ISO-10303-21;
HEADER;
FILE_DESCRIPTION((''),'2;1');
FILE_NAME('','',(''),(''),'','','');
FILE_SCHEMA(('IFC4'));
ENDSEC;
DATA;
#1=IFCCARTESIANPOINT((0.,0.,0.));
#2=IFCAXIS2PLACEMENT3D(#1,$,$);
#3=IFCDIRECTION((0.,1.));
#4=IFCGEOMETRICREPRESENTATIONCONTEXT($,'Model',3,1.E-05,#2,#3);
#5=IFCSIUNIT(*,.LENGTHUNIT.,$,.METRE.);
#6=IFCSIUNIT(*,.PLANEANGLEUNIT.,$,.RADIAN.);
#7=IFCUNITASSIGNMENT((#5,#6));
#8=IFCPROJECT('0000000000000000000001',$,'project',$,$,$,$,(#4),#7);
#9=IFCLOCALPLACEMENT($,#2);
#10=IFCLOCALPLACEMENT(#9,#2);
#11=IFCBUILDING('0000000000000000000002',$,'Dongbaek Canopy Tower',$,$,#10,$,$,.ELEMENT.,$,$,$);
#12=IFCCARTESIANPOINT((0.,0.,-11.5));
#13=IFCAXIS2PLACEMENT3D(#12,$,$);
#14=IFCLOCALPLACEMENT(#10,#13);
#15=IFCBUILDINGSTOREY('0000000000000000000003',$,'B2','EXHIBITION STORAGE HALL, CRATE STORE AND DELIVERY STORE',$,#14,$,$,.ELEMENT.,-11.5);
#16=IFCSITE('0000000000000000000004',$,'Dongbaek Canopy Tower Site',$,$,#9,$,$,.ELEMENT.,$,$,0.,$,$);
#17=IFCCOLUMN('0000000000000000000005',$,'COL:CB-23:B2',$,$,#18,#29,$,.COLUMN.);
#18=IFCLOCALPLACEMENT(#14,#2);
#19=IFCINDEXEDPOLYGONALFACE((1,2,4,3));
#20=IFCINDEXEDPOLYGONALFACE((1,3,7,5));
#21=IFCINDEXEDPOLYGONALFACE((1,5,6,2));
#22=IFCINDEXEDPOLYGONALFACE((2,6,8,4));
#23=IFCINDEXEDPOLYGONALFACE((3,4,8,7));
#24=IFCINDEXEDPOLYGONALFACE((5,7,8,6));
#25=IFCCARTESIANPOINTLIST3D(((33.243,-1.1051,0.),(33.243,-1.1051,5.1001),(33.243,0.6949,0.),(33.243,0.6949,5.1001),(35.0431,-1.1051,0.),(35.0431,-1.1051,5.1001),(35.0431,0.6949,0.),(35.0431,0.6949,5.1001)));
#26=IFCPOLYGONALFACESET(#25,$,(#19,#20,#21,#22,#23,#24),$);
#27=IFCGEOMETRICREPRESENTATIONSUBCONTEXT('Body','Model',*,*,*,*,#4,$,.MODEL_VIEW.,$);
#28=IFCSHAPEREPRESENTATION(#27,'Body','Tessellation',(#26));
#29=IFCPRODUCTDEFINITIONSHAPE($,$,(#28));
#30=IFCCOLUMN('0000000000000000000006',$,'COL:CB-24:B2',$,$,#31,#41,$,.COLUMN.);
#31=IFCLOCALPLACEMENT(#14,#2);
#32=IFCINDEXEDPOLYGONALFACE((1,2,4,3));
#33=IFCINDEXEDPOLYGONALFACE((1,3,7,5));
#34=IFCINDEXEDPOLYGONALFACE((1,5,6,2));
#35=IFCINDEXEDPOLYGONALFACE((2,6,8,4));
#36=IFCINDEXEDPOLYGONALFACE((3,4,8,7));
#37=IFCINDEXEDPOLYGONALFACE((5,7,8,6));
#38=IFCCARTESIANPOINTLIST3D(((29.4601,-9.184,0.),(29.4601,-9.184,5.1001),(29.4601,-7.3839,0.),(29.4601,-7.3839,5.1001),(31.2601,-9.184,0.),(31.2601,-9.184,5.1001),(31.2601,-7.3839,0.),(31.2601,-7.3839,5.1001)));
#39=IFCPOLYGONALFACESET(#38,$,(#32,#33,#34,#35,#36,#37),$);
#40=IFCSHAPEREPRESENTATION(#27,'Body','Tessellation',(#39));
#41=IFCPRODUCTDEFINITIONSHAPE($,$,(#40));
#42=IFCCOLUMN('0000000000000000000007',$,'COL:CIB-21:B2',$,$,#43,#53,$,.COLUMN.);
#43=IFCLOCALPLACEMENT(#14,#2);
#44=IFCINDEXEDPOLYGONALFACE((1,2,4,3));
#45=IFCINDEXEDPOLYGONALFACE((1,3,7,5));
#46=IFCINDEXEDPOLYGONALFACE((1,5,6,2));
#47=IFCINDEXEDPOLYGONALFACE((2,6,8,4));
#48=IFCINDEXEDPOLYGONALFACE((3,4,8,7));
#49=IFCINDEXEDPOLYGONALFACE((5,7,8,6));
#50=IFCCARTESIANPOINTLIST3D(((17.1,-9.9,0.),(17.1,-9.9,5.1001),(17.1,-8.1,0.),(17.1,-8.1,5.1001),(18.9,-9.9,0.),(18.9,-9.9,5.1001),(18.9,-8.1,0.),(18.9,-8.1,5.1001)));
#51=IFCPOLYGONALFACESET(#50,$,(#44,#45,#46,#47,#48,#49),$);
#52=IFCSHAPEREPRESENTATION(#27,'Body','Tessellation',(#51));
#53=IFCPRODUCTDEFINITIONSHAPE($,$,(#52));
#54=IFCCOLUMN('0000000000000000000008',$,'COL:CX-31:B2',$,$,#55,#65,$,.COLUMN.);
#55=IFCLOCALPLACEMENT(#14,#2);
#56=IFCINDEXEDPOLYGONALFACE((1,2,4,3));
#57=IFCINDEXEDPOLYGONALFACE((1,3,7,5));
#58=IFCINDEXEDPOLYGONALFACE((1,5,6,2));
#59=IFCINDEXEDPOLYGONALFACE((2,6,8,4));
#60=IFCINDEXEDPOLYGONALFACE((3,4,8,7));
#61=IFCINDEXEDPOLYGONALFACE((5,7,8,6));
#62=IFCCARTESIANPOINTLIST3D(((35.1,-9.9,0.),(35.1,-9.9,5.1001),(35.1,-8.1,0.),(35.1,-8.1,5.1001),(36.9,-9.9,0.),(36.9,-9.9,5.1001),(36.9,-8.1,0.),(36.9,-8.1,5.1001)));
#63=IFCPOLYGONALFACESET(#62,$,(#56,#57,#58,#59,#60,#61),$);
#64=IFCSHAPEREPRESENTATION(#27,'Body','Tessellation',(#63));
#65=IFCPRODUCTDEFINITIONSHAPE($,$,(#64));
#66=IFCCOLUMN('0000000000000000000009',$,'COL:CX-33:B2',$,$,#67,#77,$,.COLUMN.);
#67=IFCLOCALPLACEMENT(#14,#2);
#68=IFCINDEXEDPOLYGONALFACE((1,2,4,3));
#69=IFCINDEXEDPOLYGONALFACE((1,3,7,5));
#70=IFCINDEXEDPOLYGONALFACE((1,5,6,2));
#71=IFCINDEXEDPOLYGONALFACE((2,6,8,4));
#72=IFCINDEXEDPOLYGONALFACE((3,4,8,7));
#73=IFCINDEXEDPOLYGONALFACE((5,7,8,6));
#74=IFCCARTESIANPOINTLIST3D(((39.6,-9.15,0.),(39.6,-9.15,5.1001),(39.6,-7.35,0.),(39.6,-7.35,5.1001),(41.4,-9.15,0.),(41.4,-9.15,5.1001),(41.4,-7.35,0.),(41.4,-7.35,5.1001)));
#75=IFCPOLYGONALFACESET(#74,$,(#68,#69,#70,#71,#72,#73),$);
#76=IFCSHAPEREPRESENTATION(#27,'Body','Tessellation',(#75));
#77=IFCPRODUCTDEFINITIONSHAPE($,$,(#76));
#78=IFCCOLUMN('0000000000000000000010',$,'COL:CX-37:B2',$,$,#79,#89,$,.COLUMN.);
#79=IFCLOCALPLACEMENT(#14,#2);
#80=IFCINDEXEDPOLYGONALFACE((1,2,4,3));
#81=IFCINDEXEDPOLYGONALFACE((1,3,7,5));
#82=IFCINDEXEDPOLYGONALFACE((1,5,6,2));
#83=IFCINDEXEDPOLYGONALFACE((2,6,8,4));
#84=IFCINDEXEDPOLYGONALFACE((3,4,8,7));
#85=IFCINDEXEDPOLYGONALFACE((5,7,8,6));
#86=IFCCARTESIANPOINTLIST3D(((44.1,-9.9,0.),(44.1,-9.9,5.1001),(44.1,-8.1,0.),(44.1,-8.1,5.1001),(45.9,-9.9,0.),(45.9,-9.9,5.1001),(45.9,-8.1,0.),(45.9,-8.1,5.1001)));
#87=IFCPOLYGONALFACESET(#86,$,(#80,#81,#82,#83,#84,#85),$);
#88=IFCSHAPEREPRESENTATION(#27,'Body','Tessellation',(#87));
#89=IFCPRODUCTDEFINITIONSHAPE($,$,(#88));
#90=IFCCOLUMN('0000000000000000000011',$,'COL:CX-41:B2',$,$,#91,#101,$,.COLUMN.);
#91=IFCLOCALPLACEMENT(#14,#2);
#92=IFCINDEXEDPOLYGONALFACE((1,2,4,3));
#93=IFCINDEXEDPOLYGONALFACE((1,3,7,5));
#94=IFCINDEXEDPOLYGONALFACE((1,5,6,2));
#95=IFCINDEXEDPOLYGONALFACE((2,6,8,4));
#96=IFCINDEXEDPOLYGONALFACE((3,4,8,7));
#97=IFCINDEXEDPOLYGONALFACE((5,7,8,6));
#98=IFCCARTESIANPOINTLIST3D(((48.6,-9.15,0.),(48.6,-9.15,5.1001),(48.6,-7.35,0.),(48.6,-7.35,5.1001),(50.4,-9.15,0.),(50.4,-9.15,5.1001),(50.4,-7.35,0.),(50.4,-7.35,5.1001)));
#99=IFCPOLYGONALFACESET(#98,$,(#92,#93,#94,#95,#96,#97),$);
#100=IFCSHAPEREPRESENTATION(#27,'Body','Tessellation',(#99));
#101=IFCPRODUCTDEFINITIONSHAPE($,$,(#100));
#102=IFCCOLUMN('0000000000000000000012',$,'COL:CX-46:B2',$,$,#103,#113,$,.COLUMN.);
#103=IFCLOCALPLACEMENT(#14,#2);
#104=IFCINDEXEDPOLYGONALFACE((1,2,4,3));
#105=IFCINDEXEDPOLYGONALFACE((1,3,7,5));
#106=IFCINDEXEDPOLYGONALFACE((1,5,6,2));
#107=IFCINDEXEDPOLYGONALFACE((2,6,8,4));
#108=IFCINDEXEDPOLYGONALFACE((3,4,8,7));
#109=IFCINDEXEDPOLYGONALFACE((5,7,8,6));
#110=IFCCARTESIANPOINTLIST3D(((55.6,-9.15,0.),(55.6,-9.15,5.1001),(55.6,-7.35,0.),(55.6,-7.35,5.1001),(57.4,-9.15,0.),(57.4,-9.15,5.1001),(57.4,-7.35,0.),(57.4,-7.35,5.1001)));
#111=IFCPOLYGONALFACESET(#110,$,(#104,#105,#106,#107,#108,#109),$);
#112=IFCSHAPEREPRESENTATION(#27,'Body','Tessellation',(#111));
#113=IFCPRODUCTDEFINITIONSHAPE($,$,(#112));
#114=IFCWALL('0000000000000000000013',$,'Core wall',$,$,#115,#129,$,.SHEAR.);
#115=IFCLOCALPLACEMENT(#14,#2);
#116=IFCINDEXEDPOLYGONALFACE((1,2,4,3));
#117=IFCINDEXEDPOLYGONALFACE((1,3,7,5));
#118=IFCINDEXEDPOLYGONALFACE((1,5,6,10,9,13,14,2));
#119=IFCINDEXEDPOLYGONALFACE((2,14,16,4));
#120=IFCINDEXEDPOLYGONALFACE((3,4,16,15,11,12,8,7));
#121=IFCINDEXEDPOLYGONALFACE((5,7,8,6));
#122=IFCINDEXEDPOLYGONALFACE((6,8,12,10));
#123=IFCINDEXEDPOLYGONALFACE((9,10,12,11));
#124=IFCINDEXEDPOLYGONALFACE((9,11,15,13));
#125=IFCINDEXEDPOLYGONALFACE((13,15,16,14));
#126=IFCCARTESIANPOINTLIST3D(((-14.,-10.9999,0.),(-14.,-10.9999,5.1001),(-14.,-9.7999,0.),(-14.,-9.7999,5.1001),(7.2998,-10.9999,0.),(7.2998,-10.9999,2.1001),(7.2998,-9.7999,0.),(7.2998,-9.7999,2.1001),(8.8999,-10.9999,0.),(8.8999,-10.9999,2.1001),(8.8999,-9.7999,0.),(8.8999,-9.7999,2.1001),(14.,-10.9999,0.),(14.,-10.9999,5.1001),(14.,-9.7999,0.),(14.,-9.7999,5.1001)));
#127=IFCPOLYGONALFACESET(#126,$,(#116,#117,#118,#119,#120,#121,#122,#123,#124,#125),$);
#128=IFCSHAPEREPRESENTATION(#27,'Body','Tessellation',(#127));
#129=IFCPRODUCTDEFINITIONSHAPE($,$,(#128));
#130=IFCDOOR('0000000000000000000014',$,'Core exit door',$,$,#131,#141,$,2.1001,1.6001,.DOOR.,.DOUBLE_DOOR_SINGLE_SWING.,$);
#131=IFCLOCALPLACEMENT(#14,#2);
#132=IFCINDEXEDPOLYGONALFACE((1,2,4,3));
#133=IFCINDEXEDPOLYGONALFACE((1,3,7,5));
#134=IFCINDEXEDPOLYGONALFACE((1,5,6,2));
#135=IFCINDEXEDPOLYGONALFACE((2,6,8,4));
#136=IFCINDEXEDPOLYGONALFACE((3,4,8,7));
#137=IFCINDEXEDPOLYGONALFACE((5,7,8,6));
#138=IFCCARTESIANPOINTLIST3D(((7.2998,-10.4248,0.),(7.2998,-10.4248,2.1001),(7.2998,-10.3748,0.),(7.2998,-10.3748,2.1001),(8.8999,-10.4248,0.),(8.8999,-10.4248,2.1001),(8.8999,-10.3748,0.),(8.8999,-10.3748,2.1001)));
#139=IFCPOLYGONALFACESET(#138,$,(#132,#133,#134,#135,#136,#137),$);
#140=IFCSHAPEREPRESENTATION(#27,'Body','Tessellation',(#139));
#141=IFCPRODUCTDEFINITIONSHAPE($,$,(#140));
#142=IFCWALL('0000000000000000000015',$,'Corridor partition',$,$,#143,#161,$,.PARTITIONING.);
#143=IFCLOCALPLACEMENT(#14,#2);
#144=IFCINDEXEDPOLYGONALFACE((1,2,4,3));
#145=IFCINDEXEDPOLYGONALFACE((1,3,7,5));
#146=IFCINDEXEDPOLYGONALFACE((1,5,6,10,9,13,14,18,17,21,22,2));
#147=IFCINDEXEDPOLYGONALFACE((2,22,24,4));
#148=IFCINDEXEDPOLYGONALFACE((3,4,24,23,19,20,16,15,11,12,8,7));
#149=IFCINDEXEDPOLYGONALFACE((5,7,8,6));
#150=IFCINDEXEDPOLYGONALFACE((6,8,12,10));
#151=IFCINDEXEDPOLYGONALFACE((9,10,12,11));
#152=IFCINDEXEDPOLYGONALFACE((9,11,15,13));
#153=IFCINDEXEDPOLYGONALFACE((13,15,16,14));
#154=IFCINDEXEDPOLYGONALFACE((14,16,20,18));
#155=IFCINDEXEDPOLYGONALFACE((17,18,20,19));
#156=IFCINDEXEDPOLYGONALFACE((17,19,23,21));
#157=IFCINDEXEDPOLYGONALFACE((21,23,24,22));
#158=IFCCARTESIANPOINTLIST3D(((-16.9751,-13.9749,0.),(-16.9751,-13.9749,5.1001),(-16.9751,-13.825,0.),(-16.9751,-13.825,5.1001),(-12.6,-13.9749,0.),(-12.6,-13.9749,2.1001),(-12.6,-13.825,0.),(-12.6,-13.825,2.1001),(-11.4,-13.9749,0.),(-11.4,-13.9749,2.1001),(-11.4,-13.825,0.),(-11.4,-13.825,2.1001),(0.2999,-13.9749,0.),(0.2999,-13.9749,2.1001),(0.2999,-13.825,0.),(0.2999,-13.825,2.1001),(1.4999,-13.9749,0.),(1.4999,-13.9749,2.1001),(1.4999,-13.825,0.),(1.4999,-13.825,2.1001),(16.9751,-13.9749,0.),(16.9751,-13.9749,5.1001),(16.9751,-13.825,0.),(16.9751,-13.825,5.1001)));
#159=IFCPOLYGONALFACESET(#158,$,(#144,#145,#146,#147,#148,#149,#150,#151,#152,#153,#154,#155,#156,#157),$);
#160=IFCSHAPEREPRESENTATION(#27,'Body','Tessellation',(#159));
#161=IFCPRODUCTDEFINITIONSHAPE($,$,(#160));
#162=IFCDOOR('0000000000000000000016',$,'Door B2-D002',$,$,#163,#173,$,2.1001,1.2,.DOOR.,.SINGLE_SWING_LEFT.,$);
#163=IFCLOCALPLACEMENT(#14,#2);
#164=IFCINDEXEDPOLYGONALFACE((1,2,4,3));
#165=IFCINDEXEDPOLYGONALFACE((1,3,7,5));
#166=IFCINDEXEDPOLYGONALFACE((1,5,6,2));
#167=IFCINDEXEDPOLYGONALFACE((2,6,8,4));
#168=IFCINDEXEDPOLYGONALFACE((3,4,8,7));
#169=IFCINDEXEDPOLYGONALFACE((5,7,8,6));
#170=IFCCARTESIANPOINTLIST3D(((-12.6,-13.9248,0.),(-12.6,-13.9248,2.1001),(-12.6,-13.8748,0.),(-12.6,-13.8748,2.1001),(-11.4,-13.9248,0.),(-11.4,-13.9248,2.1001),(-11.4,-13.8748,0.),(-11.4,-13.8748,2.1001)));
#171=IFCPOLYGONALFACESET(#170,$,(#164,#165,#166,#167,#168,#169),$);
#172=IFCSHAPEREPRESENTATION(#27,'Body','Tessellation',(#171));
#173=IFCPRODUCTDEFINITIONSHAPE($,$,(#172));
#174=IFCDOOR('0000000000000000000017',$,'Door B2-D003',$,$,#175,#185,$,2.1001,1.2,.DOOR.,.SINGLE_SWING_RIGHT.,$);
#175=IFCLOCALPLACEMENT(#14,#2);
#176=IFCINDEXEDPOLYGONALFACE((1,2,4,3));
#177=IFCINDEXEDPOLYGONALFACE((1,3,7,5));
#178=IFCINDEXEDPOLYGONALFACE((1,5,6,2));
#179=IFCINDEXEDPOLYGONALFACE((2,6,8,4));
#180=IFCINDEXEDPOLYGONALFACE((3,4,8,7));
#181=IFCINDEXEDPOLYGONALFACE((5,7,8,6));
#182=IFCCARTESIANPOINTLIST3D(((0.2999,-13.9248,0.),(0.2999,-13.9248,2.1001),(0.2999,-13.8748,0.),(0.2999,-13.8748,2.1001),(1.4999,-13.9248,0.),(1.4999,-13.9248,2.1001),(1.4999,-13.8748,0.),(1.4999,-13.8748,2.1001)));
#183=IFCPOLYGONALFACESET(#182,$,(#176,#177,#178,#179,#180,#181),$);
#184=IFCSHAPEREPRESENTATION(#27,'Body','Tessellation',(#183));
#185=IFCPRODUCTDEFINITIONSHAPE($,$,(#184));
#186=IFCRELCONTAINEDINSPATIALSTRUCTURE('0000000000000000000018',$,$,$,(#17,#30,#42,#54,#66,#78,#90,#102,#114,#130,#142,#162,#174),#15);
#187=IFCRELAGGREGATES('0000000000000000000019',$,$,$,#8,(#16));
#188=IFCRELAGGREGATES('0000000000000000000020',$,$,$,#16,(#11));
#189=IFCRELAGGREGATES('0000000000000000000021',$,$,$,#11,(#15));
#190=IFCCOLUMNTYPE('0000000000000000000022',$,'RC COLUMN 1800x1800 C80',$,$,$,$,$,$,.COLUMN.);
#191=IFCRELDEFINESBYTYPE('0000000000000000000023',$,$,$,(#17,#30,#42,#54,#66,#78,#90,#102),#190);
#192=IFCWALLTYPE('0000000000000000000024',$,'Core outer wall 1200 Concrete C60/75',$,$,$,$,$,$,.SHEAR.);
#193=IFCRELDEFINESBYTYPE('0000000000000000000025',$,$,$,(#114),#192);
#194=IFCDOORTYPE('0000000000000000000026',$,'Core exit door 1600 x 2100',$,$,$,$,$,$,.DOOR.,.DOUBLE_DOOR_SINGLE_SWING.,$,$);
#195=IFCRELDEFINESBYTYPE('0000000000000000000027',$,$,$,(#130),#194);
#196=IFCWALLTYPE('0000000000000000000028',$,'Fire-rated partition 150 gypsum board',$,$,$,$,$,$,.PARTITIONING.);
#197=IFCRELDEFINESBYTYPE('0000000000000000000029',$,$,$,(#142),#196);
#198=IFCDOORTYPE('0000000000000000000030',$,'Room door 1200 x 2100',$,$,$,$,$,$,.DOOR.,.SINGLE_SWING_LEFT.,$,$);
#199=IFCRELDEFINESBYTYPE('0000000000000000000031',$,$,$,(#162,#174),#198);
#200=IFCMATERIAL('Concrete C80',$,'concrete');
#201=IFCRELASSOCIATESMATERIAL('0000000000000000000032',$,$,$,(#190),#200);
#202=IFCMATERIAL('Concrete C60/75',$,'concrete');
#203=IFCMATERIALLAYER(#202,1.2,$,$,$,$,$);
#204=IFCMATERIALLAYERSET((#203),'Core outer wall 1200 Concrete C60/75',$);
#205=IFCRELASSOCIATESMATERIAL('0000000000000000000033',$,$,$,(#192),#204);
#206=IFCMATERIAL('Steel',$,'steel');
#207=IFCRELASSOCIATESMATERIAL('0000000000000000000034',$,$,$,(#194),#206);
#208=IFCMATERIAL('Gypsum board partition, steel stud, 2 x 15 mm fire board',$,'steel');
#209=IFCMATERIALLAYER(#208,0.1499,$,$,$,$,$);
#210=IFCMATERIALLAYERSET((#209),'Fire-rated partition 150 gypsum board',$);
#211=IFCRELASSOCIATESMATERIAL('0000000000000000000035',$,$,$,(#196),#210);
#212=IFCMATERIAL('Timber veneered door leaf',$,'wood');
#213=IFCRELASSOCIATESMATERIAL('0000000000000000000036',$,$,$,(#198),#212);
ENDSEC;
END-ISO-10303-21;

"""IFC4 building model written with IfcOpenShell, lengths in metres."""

from ifc_helpers import new_model, si_unit, direction, frame, frame_2d, origin, origin_2d, place, context, subcontext, project, spatial, rectangle, extrude, material, layer, layer_set, material_profile, profile_set, type_object, element, fill, save


model = new_model("IFC4")

# Units and contexts
model_context = context("Model", 3, precision=1e-05, world=origin(), true_north=direction((0.0, 1.0)))
body_context = subcontext(model_context, "Body", "Model", "MODEL_VIEW")
ifc_project = project(units=[si_unit("LENGTHUNIT", "METRE"), si_unit("PLANEANGLEUNIT", "RADIAN")], contexts=[model_context])

# Site, building, storey
site_placement = place(None, origin())
site = spatial("IfcSite", under=ifc_project, at=site_placement, Name="Dongbaek Canopy Tower Site", CompositionType="ELEMENT", RefElevation=0.0)
building_placement = place(site_placement, origin())
building = spatial("IfcBuilding", under=site, at=building_placement, Name="Dongbaek Canopy Tower", CompositionType="ELEMENT")
storey_placement = place(building_placement, frame((0.0, 0.0, -11.5)))
storey = spatial("IfcBuildingStorey", under=building, at=storey_placement, Name="B2", Description="EXHIBITION STORAGE HALL, CRATE STORE AND DELIVERY STORE", CompositionType="ELEMENT", Elevation=-11.5)

# Columns
ifc_material_1 = material(Name="Concrete C80", Category="concrete")
ifc_material_profile = material_profile(ifc_material_1, rectangle(XDim=1.8, YDim=1.8, at=origin_2d()), Name="RC COLUMN 1800x1800 C80")
ifc_profile_set = profile_set([ifc_material_profile], Name="Concrete C80")
column_type = type_object("IfcColumnType", Name="RC COLUMN 1800x1800 C80", PredefinedType="COLUMN", material=ifc_profile_set)
for number, where, z_axis, x_axis, name in (
    (1, (34.1431, -0.2051, 0.0), (0.0, 0.0, 1.0), (1.0, 0.0, 0.0), "COL:CB-23:B2"),
    (2, (30.3601, -8.2839, 0.0), (0.0, 0.0, 1.0), (1.0, 0.0, 0.0), "COL:CB-24:B2"),
    (3, (18.0, -9.0, 0.0), (0.0, 0.0, 1.0), (1.0, 0.0, 0.0), "COL:CIB-21:B2"),
    (4, (36.0, -9.0, 0.0), (0.0, 0.0, 1.0), (1.0, 0.0, 0.0), "COL:CX-31:B2"),
    (5, (40.5, -8.25, 0.0), (0.0, 0.0, 1.0), (1.0, 0.0, 0.0), "COL:CX-33:B2"),
    (6, (45.0, -9.0, 0.0), (0.0, 0.0, 1.0), (1.0, 0.0, 0.0), "COL:CX-37:B2"),
    (7, (49.5, -8.25, 0.0), (0.0, 0.0, 1.0), (1.0, 0.0, 0.0), "COL:CX-41:B2"),
    (8, (56.5, -8.25, 0.0), (0.0, 0.0, 1.0), (1.0, 0.0, 0.0), "COL:CX-46:B2"),
):
    element("IfcColumn", number, at=place(storey_placement, frame(where, z_axis=z_axis, x_axis=x_axis)), inside=storey, type_object=column_type, Name=name, PredefinedType="COLUMN", context=body_context, shape_type="SweptSolid", body=[
        extrude(rectangle(XDim=1.8, YDim=1.8, at=origin_2d()), origin(), (0.0, 0.0, 1.0), 5.1001),
    ])

# Wall, opening, door
ifc_material_2 = material(Name="Concrete C60/75", Category="concrete")
ifc_layer_1 = layer(ifc_material_2, 1.2)
ifc_layer_set_1 = layer_set([ifc_layer_1], Name="Core outer wall 1200 Concrete C60/75")
wall_type_1 = type_object("IfcWallType", Name="Core outer wall 1200 Concrete C60/75", PredefinedType="SHEAR", material=ifc_layer_set_1)
wall_1_placement = place(storey_placement, frame((14.0, -10.3999, 0.0), z_axis=(0.0, 0.0, 1.0), x_axis=(-1.0, 0.0, 0.0)))
wall_1 = element("IfcWall", 9, at=wall_1_placement, inside=storey, type_object=wall_type_1, Name="Core wall", PredefinedType="SHEAR", context=body_context, shape_type="SweptSolid", body=[
    extrude(rectangle(XDim=28.0, YDim=1.2, at=frame_2d((14.0, 0.0))), origin(), (0.0, 0.0, 1.0), 5.1001),
])
opening_1_placement = place(wall_1_placement, frame((5.1001, 0.0, 0.0)))
opening_1 = element("IfcOpeningElement", 10, at=opening_1_placement, cuts=wall_1, PredefinedType="OPENING", context=body_context, shape_type="SweptSolid", body=[
    extrude(rectangle(XDim=1.6001, YDim=2.1001, at=frame_2d((0.8, 1.05))), frame((0.0, 0.6099, 0.0), z_axis=(0.0, -1.0, 0.0), x_axis=(1.0, 0.0, 0.0)), (0.0, 0.0, 1.0), 1.22),
])
ifc_material_3 = material(Name="Steel", Category="steel")
door_type_1 = type_object("IfcDoorType", Name="Core exit door 1600 x 2100", OperationType="DOUBLE_DOOR_SINGLE_SWING", PredefinedType="DOOR", material=ifc_material_3)
door_1_placement = place(opening_1_placement, origin())
door_1 = element("IfcDoor", 11, at=door_1_placement, inside=storey, type_object=door_type_1, Name="Core exit door", OperationType="DOUBLE_DOOR_SINGLE_SWING", OverallHeight=2.1001, OverallWidth=1.6001, PredefinedType="DOOR", context=body_context, shape_type="SweptSolid", body=[
    extrude(rectangle(XDim=1.6001, YDim=2.1001, at=frame_2d((0.8, 1.05))), frame((0.0, 0.0249, 0.0), z_axis=(0.0, -1.0, 0.0), x_axis=(1.0, 0.0, 0.0)), (0.0, 0.0, 1.0), 0.05),
])
fill(opening_1, door_1)

# Wall, openings, doors
ifc_material_4 = material(Name="Gypsum board partition, steel stud, 2 x 15 mm fire board", Category="steel")
ifc_layer_2 = layer(ifc_material_4, 0.1499)
ifc_layer_set_2 = layer_set([ifc_layer_2], Name="Fire-rated partition 150 gypsum board")
wall_type_2 = type_object("IfcWallType", Name="Fire-rated partition 150 gypsum board", PredefinedType="PARTITIONING", material=ifc_layer_set_2)
wall_2_placement = place(storey_placement, frame((16.9751, -13.8999, 0.0), z_axis=(0.0, 0.0, 1.0), x_axis=(-1.0, 0.0, 0.0)))
wall_2 = element("IfcWall", 12, at=wall_2_placement, inside=storey, type_object=wall_type_2, Name="Corridor partition", PredefinedType="PARTITIONING", context=body_context, shape_type="SweptSolid", body=[
    extrude(rectangle(XDim=33.9502, YDim=0.1499, at=frame_2d((16.9751, 0.0))), origin(), (0.0, 0.0, 1.0), 5.1001),
])
opening_2_placement = place(wall_2_placement, frame((28.375, 0.0, 0.0)))
opening_2 = element("IfcOpeningElement", 13, at=opening_2_placement, cuts=wall_2, PredefinedType="OPENING", context=body_context, shape_type="SweptSolid", body=[
    extrude(rectangle(XDim=1.2, YDim=2.1001, at=frame_2d((0.6001, 1.05))), frame((0.0, 0.085, 0.0), z_axis=(0.0, -1.0, 0.0), x_axis=(1.0, 0.0, 0.0)), (0.0, 0.0, 1.0), 0.1699),
])
opening_3_placement = place(wall_2_placement, frame((15.4751, 0.0, 0.0)))
opening_3 = element("IfcOpeningElement", 14, at=opening_3_placement, cuts=wall_2, PredefinedType="OPENING", context=body_context, shape_type="SweptSolid", body=[
    extrude(rectangle(XDim=1.2, YDim=2.1001, at=frame_2d((0.6001, 1.05))), frame((0.0, 0.085, 0.0), z_axis=(0.0, -1.0, 0.0), x_axis=(1.0, 0.0, 0.0)), (0.0, 0.0, 1.0), 0.1699),
])
ifc_material_5 = material(Name="Timber veneered door leaf", Category="wood")
door_type_2 = type_object("IfcDoorType", Name="Room door 1200 x 2100", OperationType="SINGLE_SWING_LEFT", PredefinedType="DOOR", material=ifc_material_5)
door_2_placement = place(opening_2_placement, origin())
door_2 = element("IfcDoor", 15, at=door_2_placement, inside=storey, type_object=door_type_2, Name="Door B2-D002", OperationType="SINGLE_SWING_LEFT", OverallHeight=2.1001, OverallWidth=1.2, PredefinedType="DOOR", context=body_context, shape_type="SweptSolid", body=[
    extrude(rectangle(XDim=1.2, YDim=2.1001, at=frame_2d((0.6001, 1.05))), frame((0.0, 0.0249, 0.0), z_axis=(0.0, -1.0, 0.0), x_axis=(1.0, 0.0, 0.0)), (0.0, 0.0, 1.0), 0.05),
])
fill(opening_2, door_2)
door_3_placement = place(opening_3_placement, origin())
door_3 = element("IfcDoor", 16, at=door_3_placement, inside=storey, type_object=door_type_2, Name="Door B2-D003", OperationType="SINGLE_SWING_RIGHT", OverallHeight=2.1001, OverallWidth=1.2, PredefinedType="DOOR", context=body_context, shape_type="SweptSolid", body=[
    extrude(rectangle(XDim=1.2, YDim=2.1001, at=frame_2d((0.6001, 1.05))), frame((0.0, 0.0249, 0.0), z_axis=(0.0, -1.0, 0.0), x_axis=(1.0, 0.0, 0.0)), (0.0, 0.0, 1.0), 0.05),
])
fill(opening_3, door_3)

save(model, "model.ifc")
